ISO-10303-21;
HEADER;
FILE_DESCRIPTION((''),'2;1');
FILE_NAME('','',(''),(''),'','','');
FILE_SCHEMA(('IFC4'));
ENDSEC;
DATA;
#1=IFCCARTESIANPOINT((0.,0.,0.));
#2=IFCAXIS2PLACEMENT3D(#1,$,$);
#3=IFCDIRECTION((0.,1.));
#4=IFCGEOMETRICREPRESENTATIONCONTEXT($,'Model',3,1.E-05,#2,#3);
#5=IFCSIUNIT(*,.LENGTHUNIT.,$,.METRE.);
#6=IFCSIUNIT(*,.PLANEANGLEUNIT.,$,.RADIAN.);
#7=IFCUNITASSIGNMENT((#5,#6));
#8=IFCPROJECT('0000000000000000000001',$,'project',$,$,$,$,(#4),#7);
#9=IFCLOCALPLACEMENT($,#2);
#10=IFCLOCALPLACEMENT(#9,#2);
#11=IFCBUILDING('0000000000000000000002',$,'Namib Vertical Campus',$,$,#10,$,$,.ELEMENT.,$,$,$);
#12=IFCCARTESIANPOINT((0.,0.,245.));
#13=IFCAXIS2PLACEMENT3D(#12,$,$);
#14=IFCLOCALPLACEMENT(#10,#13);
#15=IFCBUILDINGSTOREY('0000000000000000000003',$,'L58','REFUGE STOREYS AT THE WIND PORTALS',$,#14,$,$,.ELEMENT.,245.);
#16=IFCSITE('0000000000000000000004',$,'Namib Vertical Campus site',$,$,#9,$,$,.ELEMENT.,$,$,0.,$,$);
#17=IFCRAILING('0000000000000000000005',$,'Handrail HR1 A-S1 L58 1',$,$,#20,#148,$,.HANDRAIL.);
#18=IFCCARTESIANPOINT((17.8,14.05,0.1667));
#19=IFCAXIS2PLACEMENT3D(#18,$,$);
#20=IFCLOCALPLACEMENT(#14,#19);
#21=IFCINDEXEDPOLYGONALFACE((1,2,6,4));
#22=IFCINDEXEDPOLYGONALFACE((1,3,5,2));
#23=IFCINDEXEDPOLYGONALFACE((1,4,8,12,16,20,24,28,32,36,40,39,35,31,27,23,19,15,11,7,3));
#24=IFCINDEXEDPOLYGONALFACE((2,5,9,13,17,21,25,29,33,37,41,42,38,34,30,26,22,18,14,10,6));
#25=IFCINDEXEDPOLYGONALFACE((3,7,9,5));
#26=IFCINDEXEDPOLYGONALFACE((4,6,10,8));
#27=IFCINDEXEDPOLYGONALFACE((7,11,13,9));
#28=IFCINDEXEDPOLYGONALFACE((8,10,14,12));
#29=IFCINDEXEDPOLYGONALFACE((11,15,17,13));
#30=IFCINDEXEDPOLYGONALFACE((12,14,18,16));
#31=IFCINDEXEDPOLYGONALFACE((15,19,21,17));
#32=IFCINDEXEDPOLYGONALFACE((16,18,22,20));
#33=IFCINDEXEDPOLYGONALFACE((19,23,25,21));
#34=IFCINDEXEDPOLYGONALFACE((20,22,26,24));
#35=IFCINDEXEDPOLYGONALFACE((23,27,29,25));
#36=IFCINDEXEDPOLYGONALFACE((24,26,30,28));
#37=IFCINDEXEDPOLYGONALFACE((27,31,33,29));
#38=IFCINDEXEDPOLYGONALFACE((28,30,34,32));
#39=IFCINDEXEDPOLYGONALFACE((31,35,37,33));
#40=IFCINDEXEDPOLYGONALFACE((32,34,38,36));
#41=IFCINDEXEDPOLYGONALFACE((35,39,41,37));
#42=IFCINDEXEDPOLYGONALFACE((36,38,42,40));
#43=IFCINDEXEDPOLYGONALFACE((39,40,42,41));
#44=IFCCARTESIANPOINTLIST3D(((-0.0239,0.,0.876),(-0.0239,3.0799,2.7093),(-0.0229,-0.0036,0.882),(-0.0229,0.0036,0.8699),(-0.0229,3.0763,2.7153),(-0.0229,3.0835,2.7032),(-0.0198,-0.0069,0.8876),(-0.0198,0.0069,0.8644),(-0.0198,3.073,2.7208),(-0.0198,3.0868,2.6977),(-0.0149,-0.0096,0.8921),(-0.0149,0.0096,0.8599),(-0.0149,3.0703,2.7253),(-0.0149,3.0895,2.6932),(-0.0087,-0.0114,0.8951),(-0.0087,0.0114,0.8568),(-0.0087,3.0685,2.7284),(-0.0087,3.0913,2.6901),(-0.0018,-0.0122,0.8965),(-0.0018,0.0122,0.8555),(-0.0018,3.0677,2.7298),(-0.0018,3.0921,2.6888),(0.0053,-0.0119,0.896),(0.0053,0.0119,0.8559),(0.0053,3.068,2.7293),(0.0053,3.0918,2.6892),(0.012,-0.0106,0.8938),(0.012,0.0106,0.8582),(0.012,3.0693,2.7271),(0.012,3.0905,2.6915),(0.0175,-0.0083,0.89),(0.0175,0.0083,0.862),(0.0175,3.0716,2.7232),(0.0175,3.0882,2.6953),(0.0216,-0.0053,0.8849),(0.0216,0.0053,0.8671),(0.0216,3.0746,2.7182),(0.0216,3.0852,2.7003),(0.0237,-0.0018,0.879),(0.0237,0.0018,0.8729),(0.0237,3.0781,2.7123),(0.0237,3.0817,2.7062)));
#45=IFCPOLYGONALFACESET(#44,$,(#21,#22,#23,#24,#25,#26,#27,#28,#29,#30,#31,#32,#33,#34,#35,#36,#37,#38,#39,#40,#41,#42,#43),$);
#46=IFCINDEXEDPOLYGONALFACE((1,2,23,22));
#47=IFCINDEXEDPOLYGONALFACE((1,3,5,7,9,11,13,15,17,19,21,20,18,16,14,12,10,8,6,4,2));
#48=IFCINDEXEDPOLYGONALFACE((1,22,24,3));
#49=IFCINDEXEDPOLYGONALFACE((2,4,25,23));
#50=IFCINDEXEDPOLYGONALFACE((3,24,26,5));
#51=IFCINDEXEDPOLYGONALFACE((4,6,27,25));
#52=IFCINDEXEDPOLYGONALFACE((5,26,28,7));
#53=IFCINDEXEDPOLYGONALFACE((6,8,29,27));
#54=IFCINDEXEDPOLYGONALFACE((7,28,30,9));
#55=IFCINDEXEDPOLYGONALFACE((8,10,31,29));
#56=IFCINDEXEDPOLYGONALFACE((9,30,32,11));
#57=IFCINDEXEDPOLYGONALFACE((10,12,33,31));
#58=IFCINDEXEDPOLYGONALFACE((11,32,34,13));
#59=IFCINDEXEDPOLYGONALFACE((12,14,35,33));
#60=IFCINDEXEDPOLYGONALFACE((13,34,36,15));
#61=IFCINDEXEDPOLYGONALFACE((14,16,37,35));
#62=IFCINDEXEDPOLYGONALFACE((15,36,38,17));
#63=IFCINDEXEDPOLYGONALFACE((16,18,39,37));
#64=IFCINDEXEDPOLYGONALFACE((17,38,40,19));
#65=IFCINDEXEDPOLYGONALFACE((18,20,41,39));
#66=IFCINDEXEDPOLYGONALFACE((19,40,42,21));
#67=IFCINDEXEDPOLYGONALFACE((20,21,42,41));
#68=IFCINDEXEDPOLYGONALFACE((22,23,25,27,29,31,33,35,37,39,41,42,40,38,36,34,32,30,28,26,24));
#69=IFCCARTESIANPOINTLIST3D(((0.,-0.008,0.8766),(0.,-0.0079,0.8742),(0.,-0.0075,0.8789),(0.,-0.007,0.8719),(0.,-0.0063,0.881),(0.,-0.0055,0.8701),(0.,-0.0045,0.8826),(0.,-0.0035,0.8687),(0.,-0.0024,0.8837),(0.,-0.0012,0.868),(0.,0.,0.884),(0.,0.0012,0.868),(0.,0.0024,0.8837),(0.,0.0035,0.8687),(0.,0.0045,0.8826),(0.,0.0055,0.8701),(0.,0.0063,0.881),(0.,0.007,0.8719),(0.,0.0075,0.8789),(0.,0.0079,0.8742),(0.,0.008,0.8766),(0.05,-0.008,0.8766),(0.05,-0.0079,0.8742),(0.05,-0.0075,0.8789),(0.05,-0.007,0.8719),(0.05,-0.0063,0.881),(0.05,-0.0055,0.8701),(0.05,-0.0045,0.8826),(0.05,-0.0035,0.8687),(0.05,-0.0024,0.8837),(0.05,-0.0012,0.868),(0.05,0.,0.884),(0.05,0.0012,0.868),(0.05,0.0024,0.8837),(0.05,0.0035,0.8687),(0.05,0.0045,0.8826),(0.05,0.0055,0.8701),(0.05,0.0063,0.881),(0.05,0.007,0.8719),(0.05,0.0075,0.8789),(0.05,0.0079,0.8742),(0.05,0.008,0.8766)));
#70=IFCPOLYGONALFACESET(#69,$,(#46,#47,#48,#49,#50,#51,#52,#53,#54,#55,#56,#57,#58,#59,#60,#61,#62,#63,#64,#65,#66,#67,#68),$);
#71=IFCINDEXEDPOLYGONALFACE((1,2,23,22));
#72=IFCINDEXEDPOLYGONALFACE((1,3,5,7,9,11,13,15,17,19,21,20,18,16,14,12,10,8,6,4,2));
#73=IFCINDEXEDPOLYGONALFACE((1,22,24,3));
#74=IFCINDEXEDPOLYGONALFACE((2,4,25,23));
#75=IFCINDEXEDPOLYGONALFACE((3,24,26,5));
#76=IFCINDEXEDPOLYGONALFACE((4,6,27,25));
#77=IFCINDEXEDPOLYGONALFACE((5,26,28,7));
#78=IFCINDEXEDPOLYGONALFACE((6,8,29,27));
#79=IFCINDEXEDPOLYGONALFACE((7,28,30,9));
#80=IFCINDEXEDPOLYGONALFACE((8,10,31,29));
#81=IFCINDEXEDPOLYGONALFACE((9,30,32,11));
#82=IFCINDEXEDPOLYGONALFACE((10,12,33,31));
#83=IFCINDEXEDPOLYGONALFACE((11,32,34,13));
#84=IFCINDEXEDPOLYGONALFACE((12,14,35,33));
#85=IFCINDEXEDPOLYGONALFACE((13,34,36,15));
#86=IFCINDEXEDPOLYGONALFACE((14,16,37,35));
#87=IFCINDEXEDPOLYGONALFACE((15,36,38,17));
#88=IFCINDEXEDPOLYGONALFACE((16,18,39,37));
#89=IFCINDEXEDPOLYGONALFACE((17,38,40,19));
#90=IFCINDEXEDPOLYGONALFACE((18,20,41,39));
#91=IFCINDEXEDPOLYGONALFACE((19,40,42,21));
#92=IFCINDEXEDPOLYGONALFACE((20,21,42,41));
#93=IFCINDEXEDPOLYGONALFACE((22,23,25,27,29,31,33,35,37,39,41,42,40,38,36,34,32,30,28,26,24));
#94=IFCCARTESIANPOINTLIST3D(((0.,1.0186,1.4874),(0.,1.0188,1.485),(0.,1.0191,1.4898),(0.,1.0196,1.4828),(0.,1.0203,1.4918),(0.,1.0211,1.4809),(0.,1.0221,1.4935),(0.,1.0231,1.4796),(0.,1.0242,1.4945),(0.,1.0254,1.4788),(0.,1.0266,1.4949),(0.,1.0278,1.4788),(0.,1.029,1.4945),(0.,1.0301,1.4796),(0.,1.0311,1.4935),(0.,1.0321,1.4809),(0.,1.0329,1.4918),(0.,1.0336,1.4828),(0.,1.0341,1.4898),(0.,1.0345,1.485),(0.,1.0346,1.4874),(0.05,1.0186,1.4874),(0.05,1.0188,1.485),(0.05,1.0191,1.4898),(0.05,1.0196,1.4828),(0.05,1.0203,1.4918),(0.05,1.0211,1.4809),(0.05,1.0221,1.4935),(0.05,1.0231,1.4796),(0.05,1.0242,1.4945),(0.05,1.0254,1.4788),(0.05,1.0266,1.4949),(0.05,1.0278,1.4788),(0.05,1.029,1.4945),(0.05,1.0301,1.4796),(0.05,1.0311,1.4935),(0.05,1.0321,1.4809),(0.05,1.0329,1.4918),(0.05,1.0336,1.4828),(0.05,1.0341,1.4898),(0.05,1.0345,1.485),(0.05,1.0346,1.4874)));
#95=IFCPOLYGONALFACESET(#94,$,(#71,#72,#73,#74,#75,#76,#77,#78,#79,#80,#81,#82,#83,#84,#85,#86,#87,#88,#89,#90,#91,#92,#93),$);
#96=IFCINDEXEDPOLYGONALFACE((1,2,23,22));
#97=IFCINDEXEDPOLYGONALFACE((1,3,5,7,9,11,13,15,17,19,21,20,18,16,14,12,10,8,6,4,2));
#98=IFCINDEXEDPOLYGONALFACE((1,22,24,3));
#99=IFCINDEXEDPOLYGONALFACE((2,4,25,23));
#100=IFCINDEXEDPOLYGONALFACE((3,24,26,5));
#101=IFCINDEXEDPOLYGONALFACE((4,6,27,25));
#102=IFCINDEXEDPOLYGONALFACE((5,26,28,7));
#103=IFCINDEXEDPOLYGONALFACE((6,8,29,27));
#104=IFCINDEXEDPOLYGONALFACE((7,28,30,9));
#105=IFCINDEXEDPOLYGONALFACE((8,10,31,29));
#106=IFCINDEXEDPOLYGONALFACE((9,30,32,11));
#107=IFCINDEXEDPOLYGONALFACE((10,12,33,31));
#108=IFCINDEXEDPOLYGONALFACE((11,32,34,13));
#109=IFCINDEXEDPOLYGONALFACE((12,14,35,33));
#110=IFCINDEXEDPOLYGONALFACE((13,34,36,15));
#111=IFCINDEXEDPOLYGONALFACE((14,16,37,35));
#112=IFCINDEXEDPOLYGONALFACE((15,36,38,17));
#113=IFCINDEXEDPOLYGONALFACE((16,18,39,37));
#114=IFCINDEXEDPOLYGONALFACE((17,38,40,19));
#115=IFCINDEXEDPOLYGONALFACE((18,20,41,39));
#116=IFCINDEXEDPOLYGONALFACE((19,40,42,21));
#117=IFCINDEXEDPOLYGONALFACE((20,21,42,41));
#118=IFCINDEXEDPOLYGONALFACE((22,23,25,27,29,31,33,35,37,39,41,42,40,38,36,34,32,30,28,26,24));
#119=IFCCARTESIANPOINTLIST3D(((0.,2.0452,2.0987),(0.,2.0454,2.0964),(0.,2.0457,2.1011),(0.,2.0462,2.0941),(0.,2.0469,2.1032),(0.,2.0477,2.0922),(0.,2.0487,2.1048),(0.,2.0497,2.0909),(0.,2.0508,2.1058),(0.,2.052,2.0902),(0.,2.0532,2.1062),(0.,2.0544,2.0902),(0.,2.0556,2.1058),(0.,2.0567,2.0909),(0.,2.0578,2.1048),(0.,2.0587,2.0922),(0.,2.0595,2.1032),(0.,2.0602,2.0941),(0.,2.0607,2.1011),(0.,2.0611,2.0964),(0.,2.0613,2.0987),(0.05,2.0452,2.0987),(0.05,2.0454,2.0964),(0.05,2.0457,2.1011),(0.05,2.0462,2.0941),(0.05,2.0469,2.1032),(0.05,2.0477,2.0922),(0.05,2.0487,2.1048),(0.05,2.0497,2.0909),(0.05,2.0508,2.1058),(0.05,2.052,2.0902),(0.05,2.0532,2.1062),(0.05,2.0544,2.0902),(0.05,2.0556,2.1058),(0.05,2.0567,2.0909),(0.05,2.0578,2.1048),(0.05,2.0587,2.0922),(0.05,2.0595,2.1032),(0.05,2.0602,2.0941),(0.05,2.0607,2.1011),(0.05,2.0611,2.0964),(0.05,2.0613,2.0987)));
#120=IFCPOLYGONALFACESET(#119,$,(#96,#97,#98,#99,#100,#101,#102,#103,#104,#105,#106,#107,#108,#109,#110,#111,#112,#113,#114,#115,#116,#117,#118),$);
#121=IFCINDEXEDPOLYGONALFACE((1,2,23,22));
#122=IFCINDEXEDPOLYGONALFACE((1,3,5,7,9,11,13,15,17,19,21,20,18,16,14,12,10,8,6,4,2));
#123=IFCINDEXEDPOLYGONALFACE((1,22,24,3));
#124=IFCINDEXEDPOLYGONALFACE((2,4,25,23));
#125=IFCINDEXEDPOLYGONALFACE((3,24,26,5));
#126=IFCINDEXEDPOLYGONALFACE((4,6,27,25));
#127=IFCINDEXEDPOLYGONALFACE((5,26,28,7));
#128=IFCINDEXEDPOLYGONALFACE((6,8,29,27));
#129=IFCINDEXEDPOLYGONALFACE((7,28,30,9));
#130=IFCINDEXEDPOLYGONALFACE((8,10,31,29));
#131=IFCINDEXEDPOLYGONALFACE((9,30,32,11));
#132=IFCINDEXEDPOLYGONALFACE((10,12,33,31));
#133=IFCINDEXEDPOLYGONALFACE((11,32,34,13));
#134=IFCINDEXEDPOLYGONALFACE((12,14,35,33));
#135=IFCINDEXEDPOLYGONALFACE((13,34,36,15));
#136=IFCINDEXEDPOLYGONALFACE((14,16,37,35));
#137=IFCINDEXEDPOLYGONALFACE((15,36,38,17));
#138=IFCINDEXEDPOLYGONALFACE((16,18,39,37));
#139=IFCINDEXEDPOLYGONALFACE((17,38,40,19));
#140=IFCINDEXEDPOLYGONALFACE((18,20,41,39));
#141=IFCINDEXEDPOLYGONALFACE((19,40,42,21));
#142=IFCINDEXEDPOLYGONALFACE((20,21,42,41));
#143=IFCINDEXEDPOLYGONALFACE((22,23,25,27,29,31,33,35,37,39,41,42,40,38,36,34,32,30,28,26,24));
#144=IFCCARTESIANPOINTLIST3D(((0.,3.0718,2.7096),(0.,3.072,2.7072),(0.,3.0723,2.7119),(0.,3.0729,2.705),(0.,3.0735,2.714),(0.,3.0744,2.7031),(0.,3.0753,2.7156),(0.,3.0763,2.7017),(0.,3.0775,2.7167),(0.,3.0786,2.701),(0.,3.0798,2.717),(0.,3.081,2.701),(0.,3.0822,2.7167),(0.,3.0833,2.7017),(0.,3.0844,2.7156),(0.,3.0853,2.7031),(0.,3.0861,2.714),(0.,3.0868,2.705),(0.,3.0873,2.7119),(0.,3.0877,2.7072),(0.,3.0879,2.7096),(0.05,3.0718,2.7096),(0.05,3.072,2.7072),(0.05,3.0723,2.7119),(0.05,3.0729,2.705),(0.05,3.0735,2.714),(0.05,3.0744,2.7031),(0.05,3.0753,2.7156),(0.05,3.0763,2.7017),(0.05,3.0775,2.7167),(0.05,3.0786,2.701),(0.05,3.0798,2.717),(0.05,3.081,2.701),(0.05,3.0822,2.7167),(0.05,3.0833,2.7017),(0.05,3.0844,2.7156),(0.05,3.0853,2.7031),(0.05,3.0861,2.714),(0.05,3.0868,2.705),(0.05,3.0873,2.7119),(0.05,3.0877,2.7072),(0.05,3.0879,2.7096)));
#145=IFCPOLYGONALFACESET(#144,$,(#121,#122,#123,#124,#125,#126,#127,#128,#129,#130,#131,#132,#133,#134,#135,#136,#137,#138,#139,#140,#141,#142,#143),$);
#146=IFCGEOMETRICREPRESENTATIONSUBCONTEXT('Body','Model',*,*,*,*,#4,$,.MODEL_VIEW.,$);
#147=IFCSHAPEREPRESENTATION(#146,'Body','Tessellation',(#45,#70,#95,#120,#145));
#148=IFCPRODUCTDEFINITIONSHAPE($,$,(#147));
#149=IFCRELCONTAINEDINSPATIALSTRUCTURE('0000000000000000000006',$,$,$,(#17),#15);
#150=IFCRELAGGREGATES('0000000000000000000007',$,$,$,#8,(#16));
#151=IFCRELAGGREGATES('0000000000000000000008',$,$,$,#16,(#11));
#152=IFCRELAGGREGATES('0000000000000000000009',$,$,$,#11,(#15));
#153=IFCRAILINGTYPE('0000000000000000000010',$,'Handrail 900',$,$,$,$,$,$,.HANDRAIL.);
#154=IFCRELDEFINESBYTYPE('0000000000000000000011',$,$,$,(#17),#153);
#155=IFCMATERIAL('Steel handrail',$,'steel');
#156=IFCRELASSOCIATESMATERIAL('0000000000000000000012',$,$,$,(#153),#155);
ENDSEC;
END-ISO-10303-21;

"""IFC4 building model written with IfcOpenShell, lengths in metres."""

from ifc_helpers import new_model, si_unit, direction, frame, origin, origin_2d, place, context, subcontext, project, spatial, circle, extrude, material, type_object, element, save


model = new_model("IFC4")

# Units and contexts
model_context = context("Model", 3, precision=1e-05, world=origin(), true_north=direction((0.0, 1.0)))
body_context = subcontext(model_context, "Body", "Model", "MODEL_VIEW")
ifc_project = project(units=[si_unit("LENGTHUNIT", "METRE"), si_unit("PLANEANGLEUNIT", "RADIAN")], contexts=[model_context])

# Site, building, storey
site_placement = place(None, origin())
site = spatial("IfcSite", under=ifc_project, at=site_placement, Name="Namib Vertical Campus site", CompositionType="ELEMENT", RefElevation=0.0)
building_placement = place(site_placement, origin())
building = spatial("IfcBuilding", under=site, at=building_placement, Name="Namib Vertical Campus", CompositionType="ELEMENT")
storey_placement = place(building_placement, frame((0.0, 0.0, 245.0)))
storey = spatial("IfcBuildingStorey", under=building, at=storey_placement, Name="L58", Description="REFUGE STOREYS AT THE WIND PORTALS", CompositionType="ELEMENT", Elevation=245.0)

# Railing
ifc_material_1 = material(Name="Steel handrail", Category="steel")
railing_type = type_object("IfcRailingType", Name="Handrail 900", PredefinedType="HANDRAIL", material=ifc_material_1)
for number, where, name in (
    (1, (17.8, 14.05, 0.1667), "Handrail HR1 A-S1 L58 1"),
):
    element("IfcRailing", number, at=place(storey_placement, frame(where)), inside=storey, type_object=railing_type, Name=name, PredefinedType="HANDRAIL", context=body_context, shape_type="SweptSolid", body=[
        extrude(circle(Radius=0.0239, at=origin_2d()), frame((0.0, 0.0, 0.876), z_axis=(0.0, 0.859291, 0.511487), x_axis=(-1.0, 0.0, 0.0)), (0.0, 0.0, 1.0), 3.5842),
        extrude(circle(Radius=0.0081, at=origin_2d()), frame((0.0, 0.0, 0.876), z_axis=(1.0, 0.0, 0.0), x_axis=(0.0, 0.0, 1.0)), (0.0, 0.0, 1.0), 0.05),
        extrude(circle(Radius=0.0081, at=origin_2d()), frame((0.0, 1.0266, 1.4868), z_axis=(1.0, 0.0, 0.0), x_axis=(0.0, 0.0, 1.0)), (0.0, 0.0, 1.0), 0.05),
        extrude(circle(Radius=0.0081, at=origin_2d()), frame((0.0, 2.0532, 2.0981), z_axis=(1.0, 0.0, 0.0), x_axis=(0.0, 0.0, 1.0)), (0.0, 0.0, 1.0), 0.05),
        extrude(circle(Radius=0.0081, at=origin_2d()), frame((0.0, 3.0798, 2.709), z_axis=(1.0, 0.0, 0.0), x_axis=(0.0, 0.0, 1.0)), (0.0, 0.0, 1.0), 0.05),
    ])

save(model, "model.ifc")
